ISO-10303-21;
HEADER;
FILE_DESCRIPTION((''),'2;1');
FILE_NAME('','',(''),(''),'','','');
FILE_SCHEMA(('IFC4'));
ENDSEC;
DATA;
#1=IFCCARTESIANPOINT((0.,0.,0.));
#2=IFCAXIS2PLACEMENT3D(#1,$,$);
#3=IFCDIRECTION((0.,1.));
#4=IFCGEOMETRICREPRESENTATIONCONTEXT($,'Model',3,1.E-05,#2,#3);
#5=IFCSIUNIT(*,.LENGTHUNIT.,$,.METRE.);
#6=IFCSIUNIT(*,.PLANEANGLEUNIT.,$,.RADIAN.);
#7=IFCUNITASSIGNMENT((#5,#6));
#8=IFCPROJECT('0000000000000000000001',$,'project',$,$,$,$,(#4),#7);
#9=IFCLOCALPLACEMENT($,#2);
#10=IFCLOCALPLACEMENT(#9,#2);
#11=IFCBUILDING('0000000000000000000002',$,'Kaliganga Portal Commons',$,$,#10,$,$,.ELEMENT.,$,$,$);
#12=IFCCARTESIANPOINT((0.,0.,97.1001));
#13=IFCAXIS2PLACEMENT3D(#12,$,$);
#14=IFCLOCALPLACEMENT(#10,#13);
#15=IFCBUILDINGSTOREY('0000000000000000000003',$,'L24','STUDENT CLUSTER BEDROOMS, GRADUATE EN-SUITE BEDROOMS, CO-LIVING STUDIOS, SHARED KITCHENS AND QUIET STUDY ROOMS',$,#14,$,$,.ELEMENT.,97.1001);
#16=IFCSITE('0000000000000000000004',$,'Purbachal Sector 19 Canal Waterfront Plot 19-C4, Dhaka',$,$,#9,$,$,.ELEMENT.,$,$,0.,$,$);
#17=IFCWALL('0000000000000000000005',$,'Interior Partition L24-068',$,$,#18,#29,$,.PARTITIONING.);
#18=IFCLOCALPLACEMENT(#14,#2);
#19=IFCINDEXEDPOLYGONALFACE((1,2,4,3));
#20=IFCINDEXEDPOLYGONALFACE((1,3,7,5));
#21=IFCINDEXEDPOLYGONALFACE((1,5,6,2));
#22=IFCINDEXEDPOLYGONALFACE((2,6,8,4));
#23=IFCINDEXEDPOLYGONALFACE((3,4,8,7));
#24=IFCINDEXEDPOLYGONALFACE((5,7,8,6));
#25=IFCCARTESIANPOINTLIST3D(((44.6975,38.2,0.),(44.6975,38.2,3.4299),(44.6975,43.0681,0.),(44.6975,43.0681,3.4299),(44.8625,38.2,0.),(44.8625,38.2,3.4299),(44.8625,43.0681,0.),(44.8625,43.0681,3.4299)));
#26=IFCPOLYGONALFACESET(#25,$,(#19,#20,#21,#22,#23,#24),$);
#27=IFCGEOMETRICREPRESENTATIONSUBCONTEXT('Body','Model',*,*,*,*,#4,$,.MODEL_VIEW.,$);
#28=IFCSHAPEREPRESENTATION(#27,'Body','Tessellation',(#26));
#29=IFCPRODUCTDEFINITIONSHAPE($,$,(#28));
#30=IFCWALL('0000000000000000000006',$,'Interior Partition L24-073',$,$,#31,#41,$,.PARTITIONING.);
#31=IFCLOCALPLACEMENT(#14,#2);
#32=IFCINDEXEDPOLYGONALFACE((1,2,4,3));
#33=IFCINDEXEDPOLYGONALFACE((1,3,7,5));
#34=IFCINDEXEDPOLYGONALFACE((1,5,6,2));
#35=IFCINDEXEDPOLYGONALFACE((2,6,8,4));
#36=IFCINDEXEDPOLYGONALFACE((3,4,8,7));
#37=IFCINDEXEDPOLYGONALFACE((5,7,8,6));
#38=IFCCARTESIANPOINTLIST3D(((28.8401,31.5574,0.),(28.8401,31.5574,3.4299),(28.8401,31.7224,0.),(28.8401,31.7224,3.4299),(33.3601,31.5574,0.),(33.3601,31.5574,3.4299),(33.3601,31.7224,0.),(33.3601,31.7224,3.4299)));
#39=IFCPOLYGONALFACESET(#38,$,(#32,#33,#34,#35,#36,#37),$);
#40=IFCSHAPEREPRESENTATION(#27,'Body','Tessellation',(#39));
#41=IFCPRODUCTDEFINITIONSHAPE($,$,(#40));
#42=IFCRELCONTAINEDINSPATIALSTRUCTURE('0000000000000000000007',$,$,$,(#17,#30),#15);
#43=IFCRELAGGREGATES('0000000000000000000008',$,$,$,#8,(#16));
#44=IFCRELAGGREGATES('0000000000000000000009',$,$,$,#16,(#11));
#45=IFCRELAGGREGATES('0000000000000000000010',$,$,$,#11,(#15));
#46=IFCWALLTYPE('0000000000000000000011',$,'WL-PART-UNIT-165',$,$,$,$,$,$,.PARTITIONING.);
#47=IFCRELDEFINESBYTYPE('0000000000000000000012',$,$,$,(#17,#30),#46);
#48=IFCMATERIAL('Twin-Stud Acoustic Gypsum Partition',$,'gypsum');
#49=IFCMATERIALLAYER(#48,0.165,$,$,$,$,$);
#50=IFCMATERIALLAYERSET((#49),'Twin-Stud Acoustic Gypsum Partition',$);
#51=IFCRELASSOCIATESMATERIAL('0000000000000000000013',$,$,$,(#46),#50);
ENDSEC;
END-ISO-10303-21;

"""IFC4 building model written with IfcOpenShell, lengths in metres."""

from ifc_helpers import new_model, si_unit, direction, frame, frame_2d, origin, place, context, subcontext, project, spatial, rectangle, extrude, material, layer, layer_set, type_object, element, save


model = new_model("IFC4")

# Units and contexts
model_context = context("Model", 3, precision=1e-05, world=origin(), true_north=direction((0.0, 1.0)))
body_context = subcontext(model_context, "Body", "Model", "MODEL_VIEW")
ifc_project = project(units=[si_unit("LENGTHUNIT", "METRE"), si_unit("PLANEANGLEUNIT", "RADIAN")], contexts=[model_context])

# Site, building, storey
site_placement = place(None, origin())
site = spatial("IfcSite", under=ifc_project, at=site_placement, Name="Purbachal Sector 19 Canal Waterfront Plot 19-C4, Dhaka", CompositionType="ELEMENT", RefElevation=0.0)
building_placement = place(site_placement, origin())
building = spatial("IfcBuilding", under=site, at=building_placement, Name="Kaliganga Portal Commons", CompositionType="ELEMENT")
storey_placement = place(building_placement, frame((0.0, 0.0, 97.1001)))
storey = spatial("IfcBuildingStorey", under=building, at=storey_placement, Name="L24", Description="STUDENT CLUSTER BEDROOMS, GRADUATE EN-SUITE BEDROOMS, CO-LIVING STUDIOS, SHARED KITCHENS AND QUIET STUDY ROOMS", CompositionType="ELEMENT", Elevation=97.1001)

# Walls
ifc_material_1 = material(Name="Twin-Stud Acoustic Gypsum Partition", Category="gypsum")
ifc_layer_1 = layer(ifc_material_1, 0.165)
ifc_layer_set_1 = layer_set([ifc_layer_1], Name="Twin-Stud Acoustic Gypsum Partition")
wall_type_1 = type_object("IfcWallType", Name="WL-PART-UNIT-165", PredefinedType="PARTITIONING", material=ifc_layer_set_1)
wall_1_placement = place(storey_placement, frame((44.78, 38.2, 0.0), z_axis=(0.0, 0.0, 1.0), x_axis=(0.0, 1.0, 0.0)))
element("IfcWall", 1, at=wall_1_placement, inside=storey, type_object=wall_type_1, Name="Interior Partition L24-068", PredefinedType="PARTITIONING", context=body_context, shape_type="SweptSolid", body=[
    extrude(rectangle(XDim=4.8682, YDim=0.165, at=frame_2d((2.4341, 0.0))), origin(), (0.0, 0.0, 1.0), 3.4299),
])
wall_2_placement = place(storey_placement, frame((28.8401, 31.6399, 0.0), z_axis=(0.0, 0.0, 1.0), x_axis=(1.0, 0.0, 0.0)))
element("IfcWall", 2, at=wall_2_placement, inside=storey, type_object=wall_type_1, Name="Interior Partition L24-073", PredefinedType="PARTITIONING", context=body_context, shape_type="SweptSolid", body=[
    extrude(rectangle(XDim=4.52, YDim=0.165, at=frame_2d((2.26, 0.0))), origin(), (0.0, 0.0, 1.0), 3.4299),
])

save(model, "model.ifc")
